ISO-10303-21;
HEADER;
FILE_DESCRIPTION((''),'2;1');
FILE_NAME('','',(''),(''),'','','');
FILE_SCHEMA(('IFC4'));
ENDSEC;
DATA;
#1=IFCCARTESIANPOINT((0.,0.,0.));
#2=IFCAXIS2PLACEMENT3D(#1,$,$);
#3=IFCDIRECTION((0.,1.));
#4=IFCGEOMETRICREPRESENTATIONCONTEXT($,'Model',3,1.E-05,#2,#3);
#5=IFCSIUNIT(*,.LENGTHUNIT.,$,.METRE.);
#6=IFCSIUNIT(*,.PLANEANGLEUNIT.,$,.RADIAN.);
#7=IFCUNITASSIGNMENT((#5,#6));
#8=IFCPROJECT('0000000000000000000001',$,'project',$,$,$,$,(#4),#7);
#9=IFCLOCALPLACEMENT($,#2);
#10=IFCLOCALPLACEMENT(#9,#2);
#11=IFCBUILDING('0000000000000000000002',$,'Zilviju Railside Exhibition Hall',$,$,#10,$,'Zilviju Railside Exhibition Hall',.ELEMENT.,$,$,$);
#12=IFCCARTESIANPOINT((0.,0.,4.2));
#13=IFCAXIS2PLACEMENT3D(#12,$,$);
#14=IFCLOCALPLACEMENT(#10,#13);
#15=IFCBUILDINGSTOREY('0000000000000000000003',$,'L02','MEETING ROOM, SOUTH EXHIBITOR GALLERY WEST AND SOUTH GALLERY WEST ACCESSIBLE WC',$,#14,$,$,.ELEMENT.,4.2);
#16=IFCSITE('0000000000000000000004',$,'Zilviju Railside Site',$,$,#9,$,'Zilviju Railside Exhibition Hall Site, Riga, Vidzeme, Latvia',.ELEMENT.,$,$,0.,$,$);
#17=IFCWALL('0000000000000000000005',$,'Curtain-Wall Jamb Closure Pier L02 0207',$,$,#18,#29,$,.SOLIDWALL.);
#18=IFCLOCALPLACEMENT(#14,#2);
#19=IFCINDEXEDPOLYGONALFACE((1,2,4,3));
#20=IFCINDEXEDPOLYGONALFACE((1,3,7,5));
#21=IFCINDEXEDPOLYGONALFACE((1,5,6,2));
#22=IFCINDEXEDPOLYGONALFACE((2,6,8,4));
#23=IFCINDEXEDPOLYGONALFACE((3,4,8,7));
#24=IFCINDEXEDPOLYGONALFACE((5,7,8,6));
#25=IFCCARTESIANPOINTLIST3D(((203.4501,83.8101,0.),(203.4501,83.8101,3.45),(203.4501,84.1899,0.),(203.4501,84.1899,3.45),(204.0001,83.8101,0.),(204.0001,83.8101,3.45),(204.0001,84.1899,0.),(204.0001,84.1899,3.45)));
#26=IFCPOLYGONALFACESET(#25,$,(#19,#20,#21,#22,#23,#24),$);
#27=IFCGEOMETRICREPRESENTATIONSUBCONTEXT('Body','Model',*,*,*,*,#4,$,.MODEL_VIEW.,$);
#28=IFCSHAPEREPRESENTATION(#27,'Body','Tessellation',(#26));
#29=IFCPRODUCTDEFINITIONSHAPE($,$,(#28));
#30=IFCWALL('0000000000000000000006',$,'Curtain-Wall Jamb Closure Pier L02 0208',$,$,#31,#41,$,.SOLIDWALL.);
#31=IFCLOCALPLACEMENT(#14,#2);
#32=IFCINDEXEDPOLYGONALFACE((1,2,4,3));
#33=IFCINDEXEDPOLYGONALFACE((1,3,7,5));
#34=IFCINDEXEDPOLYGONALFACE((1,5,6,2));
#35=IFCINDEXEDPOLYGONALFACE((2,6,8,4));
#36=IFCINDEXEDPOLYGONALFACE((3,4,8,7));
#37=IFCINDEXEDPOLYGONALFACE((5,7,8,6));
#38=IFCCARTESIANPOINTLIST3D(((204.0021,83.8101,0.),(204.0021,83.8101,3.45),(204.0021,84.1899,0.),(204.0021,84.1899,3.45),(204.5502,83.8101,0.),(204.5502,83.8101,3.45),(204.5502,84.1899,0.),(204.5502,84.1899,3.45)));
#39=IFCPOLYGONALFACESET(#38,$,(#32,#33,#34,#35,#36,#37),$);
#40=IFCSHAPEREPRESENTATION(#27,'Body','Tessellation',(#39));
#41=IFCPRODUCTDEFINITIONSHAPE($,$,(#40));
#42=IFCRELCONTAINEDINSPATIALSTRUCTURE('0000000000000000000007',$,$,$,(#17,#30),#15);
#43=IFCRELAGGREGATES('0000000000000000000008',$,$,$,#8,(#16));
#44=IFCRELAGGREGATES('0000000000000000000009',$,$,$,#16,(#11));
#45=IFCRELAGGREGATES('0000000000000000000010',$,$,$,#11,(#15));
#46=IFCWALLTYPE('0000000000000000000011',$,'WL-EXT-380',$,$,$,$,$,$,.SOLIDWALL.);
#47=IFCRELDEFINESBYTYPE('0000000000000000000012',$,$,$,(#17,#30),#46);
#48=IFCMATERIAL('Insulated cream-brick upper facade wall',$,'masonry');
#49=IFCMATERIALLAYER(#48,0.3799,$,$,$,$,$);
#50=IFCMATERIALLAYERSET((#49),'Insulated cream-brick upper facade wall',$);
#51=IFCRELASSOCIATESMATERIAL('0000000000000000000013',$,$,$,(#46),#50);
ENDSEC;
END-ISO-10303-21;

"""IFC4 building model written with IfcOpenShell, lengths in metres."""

from ifc_helpers import new_model, si_unit, direction, frame, frame_2d, origin, place, context, subcontext, project, spatial, rectangle, extrude, material, layer, layer_set, type_object, element, save


model = new_model("IFC4")

# Units and contexts
model_context = context("Model", 3, precision=1e-05, world=origin(), true_north=direction((0.0, 1.0)))
body_context = subcontext(model_context, "Body", "Model", "MODEL_VIEW")
ifc_project = project(units=[si_unit("LENGTHUNIT", "METRE"), si_unit("PLANEANGLEUNIT", "RADIAN")], contexts=[model_context])

# Site, building, storey
site_placement = place(None, origin())
site = spatial("IfcSite", under=ifc_project, at=site_placement, Name="Zilviju Railside Site", LongName="Zilviju Railside Exhibition Hall Site, Riga, Vidzeme, Latvia", CompositionType="ELEMENT", RefElevation=0.0)
building_placement = place(site_placement, origin())
building = spatial("IfcBuilding", under=site, at=building_placement, Name="Zilviju Railside Exhibition Hall", LongName="Zilviju Railside Exhibition Hall", CompositionType="ELEMENT")
storey_placement = place(building_placement, frame((0.0, 0.0, 4.2)))
storey = spatial("IfcBuildingStorey", under=building, at=storey_placement, Name="L02", Description="MEETING ROOM, SOUTH EXHIBITOR GALLERY WEST AND SOUTH GALLERY WEST ACCESSIBLE WC", CompositionType="ELEMENT", Elevation=4.2)

# Walls
ifc_material_1 = material(Name="Insulated cream-brick upper facade wall", Category="masonry")
ifc_layer_1 = layer(ifc_material_1, 0.3799)
ifc_layer_set_1 = layer_set([ifc_layer_1], Name="Insulated cream-brick upper facade wall")
wall_type = type_object("IfcWallType", Name="WL-EXT-380", PredefinedType="SOLIDWALL", material=ifc_layer_set_1)
wall_1_placement = place(storey_placement, frame((204.0, 84.0, 0.0), z_axis=(0.0, 0.0, 1.0), x_axis=(-1.0, 0.0, 0.0)))
element("IfcWall", 1, at=wall_1_placement, inside=storey, type_object=wall_type, Name="Curtain-Wall Jamb Closure Pier L02 0207", PredefinedType="SOLIDWALL", context=body_context, shape_type="SweptSolid", body=[
    extrude(rectangle(XDim=0.55, YDim=0.3799, at=frame_2d((0.2749, 0.0))), origin(), (0.0, 0.0, 1.0), 3.45),
])
wall_2_placement = place(storey_placement, frame((204.55, 84.0, 0.0), z_axis=(0.0, 0.0, 1.0), x_axis=(-1.0, 0.0, 0.0)))
element("IfcWall", 2, at=wall_2_placement, inside=storey, type_object=wall_type, Name="Curtain-Wall Jamb Closure Pier L02 0208", PredefinedType="SOLIDWALL", context=body_context, shape_type="SweptSolid", body=[
    extrude(rectangle(XDim=0.5481, YDim=0.3799, at=frame_2d((0.2739, 0.0))), origin(), (0.0, 0.0, 1.0), 3.45),
])

save(model, "model.ifc")
